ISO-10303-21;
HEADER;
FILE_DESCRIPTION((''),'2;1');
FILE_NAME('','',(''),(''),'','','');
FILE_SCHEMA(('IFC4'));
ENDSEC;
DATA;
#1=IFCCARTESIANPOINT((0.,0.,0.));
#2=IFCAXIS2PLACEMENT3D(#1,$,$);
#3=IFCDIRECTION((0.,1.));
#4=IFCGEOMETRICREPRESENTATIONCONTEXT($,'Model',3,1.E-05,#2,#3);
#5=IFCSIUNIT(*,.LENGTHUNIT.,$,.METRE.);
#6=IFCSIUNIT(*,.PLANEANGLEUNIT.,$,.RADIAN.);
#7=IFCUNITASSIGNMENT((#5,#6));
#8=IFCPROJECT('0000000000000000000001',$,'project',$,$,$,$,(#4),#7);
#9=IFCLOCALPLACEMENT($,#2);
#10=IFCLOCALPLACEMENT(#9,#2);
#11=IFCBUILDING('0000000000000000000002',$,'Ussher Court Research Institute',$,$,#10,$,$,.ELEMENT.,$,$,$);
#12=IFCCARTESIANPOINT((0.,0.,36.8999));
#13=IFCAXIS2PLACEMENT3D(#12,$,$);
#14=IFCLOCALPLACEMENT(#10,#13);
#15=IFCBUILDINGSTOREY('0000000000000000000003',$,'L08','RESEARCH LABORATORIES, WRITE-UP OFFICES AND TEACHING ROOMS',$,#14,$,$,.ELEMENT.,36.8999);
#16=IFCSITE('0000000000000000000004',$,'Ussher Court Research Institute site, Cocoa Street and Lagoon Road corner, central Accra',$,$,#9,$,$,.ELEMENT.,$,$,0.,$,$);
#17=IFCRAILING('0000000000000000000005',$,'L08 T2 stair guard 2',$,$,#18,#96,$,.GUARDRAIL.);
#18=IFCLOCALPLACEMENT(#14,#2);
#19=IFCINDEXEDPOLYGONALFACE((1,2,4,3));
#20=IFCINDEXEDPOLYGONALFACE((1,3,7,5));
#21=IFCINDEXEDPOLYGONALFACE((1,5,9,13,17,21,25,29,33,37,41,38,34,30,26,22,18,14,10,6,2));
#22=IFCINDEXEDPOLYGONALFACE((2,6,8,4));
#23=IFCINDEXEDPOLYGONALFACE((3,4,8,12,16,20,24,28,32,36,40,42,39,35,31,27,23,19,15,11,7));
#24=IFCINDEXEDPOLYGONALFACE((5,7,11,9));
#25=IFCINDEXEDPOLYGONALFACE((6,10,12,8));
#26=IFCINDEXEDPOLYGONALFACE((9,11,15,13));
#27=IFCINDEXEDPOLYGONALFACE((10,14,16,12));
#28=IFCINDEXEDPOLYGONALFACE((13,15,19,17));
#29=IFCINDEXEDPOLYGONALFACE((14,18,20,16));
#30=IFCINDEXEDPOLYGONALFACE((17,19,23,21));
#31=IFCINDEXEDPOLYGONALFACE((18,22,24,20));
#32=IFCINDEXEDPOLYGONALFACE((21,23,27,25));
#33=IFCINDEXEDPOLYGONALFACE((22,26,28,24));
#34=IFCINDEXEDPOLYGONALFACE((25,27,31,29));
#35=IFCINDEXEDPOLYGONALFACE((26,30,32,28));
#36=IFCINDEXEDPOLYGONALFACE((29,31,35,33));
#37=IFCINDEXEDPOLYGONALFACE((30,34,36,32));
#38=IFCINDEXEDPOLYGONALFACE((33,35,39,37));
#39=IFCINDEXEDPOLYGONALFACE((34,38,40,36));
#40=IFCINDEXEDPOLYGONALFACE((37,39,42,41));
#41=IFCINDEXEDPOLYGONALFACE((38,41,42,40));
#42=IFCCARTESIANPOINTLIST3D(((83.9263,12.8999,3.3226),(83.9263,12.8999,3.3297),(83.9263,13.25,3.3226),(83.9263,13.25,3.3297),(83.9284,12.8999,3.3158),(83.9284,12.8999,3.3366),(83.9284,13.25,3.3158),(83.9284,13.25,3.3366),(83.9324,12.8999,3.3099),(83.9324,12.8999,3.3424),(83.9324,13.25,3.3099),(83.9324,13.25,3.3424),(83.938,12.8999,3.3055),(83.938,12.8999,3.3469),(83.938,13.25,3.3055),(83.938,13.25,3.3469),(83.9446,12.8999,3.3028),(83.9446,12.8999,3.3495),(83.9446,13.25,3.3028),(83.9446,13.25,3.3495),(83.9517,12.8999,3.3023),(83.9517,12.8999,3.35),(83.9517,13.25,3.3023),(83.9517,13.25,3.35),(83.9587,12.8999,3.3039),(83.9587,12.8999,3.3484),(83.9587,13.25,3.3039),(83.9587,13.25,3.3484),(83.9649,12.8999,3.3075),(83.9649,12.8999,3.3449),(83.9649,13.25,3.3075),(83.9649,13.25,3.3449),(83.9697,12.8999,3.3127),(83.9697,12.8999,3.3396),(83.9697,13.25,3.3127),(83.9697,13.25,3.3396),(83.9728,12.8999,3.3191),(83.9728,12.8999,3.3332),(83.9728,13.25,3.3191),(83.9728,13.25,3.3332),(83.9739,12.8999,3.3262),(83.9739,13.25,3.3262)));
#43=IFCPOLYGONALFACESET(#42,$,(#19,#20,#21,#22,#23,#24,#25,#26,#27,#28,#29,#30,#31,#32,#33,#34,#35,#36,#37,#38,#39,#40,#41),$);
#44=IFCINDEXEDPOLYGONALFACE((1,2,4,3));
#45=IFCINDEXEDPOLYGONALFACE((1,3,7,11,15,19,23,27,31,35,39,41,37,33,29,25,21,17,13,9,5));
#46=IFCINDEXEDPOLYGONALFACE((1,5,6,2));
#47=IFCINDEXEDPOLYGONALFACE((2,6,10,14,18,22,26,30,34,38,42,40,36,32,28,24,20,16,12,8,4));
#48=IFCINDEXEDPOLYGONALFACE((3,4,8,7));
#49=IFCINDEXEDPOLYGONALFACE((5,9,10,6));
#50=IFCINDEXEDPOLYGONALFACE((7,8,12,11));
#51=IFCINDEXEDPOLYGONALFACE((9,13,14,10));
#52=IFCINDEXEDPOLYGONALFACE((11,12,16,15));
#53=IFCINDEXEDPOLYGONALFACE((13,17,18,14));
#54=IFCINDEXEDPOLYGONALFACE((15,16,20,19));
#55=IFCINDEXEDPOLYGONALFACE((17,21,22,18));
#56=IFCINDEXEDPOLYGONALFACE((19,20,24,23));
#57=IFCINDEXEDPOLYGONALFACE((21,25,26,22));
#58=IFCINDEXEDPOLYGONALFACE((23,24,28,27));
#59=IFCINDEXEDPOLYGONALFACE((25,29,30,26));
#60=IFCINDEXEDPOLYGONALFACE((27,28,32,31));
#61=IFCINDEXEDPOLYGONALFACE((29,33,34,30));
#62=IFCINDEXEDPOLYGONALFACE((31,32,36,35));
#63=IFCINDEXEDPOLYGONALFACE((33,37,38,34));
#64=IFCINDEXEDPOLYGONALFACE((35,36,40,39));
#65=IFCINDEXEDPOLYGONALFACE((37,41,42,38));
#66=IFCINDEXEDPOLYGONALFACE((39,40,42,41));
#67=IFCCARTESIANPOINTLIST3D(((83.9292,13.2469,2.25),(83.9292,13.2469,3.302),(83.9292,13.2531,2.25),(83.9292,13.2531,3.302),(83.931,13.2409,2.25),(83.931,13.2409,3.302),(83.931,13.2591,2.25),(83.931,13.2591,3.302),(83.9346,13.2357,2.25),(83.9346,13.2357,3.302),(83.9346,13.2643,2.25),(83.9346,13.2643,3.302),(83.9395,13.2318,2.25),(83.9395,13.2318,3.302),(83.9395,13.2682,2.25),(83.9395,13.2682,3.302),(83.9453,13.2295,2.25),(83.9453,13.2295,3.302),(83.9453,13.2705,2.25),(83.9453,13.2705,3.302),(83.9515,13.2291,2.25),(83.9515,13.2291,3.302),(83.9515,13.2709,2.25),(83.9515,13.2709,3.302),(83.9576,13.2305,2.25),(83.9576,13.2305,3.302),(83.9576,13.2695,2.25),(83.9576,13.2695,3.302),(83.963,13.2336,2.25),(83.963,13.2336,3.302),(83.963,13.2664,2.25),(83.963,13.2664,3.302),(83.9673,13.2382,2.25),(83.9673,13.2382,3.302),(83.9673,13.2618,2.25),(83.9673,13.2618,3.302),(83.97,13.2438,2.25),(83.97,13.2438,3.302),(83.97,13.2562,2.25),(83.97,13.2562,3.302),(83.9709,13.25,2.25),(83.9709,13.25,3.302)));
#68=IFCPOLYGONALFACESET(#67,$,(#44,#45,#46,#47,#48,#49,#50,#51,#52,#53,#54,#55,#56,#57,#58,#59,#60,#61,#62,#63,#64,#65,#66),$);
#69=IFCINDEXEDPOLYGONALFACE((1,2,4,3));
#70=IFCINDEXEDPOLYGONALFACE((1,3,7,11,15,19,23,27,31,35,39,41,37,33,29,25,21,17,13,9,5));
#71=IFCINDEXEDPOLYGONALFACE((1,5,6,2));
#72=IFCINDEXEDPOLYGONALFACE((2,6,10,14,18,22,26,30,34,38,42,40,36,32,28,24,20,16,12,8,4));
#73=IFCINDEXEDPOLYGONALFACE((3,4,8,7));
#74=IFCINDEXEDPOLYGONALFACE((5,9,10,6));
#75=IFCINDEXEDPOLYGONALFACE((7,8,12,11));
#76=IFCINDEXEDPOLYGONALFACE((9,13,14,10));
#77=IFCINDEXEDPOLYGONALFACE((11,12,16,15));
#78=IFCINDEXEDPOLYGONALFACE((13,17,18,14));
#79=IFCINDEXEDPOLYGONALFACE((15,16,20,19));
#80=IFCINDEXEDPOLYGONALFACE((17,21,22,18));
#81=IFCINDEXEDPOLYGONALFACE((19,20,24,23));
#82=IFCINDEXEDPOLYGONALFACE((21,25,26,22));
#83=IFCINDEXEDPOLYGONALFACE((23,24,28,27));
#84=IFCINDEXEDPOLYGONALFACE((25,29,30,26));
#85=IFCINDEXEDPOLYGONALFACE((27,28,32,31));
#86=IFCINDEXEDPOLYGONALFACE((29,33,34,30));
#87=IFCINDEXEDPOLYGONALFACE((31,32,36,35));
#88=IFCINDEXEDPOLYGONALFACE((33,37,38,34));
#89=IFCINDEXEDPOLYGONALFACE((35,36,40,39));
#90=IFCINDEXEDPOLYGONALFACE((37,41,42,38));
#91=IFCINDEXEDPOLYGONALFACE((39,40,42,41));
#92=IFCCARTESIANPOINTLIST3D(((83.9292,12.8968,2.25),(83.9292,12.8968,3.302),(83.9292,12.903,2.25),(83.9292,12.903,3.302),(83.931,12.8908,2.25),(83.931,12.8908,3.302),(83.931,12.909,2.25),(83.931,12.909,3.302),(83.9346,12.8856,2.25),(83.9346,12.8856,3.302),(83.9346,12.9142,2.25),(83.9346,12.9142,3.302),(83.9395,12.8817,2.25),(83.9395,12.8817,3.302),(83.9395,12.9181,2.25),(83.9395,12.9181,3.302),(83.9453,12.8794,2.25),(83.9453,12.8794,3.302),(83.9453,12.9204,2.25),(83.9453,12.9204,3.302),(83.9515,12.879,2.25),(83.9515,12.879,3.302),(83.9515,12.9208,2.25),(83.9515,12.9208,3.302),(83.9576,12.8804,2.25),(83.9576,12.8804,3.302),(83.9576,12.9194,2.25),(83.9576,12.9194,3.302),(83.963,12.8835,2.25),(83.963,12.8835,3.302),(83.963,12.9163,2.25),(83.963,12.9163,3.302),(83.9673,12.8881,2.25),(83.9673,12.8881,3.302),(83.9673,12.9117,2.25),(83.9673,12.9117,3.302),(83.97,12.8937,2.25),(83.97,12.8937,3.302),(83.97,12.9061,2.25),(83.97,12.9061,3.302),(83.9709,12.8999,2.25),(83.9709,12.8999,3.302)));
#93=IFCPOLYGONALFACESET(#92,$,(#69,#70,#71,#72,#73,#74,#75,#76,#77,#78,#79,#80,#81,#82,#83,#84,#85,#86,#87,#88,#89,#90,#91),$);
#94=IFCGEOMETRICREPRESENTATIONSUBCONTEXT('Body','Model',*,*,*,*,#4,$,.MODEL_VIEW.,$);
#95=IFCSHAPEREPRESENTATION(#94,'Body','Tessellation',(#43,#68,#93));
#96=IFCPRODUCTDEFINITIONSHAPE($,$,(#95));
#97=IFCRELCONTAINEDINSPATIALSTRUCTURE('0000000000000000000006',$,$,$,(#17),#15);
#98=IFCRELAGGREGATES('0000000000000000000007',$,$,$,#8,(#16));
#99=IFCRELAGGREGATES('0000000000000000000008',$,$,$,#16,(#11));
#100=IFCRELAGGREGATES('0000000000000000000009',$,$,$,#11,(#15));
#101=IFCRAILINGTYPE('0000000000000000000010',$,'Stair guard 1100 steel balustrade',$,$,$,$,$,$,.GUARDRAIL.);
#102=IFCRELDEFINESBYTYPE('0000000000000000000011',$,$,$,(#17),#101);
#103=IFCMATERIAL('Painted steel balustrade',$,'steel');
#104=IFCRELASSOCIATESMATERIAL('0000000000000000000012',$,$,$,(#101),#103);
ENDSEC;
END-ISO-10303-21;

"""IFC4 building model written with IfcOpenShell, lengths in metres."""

from ifc_helpers import new_model, si_unit, direction, frame, origin, origin_2d, place, context, subcontext, project, spatial, circle, extrude, material, type_object, element, save


model = new_model("IFC4")

# Units and contexts
model_context = context("Model", 3, precision=1e-05, world=origin(), true_north=direction((0.0, 1.0)))
body_context = subcontext(model_context, "Body", "Model", "MODEL_VIEW")
ifc_project = project(units=[si_unit("LENGTHUNIT", "METRE"), si_unit("PLANEANGLEUNIT", "RADIAN")], contexts=[model_context])

# Site, building, storey
site_placement = place(None, origin())
site = spatial("IfcSite", under=ifc_project, at=site_placement, Name="Ussher Court Research Institute site, Cocoa Street and Lagoon Road corner, central Accra", CompositionType="ELEMENT", RefElevation=0.0)
building_placement = place(site_placement, origin())
building = spatial("IfcBuilding", under=site, at=building_placement, Name="Ussher Court Research Institute", CompositionType="ELEMENT")
storey_placement = place(building_placement, frame((0.0, 0.0, 36.8999)))
storey = spatial("IfcBuildingStorey", under=building, at=storey_placement, Name="L08", Description="RESEARCH LABORATORIES, WRITE-UP OFFICES AND TEACHING ROOMS", CompositionType="ELEMENT", Elevation=36.8999)

# Railing
ifc_material_1 = material(Name="Painted steel balustrade", Category="steel")
railing_type_1 = type_object("IfcRailingType", Name="Stair guard 1100 steel balustrade", PredefinedType="GUARDRAIL", material=ifc_material_1)
railing_1_placement = place(storey_placement, frame((83.95, 13.25, 2.25)))
element("IfcRailing", 1, at=railing_1_placement, inside=storey, type_object=railing_type_1, Name="L08 T2 stair guard 2", PredefinedType="GUARDRAIL", context=body_context, shape_type="SweptSolid", body=[
    extrude(circle(Radius=0.0239, at=origin_2d()), frame((0.0, 0.0, 1.0762), z_axis=(0.0, -1.0, 0.0), x_axis=(1.0, 0.0, 0.0)), (0.0, 0.0, 1.0), 0.3501),
    extrude(circle(Radius=0.021, at=origin_2d()), origin(), (0.0, 0.0, 1.0), 1.052),
    extrude(circle(Radius=0.021, at=origin_2d()), frame((0.0, -0.3501, 0.0)), (0.0, 0.0, 1.0), 1.052),
])

save(model, "model.ifc")
